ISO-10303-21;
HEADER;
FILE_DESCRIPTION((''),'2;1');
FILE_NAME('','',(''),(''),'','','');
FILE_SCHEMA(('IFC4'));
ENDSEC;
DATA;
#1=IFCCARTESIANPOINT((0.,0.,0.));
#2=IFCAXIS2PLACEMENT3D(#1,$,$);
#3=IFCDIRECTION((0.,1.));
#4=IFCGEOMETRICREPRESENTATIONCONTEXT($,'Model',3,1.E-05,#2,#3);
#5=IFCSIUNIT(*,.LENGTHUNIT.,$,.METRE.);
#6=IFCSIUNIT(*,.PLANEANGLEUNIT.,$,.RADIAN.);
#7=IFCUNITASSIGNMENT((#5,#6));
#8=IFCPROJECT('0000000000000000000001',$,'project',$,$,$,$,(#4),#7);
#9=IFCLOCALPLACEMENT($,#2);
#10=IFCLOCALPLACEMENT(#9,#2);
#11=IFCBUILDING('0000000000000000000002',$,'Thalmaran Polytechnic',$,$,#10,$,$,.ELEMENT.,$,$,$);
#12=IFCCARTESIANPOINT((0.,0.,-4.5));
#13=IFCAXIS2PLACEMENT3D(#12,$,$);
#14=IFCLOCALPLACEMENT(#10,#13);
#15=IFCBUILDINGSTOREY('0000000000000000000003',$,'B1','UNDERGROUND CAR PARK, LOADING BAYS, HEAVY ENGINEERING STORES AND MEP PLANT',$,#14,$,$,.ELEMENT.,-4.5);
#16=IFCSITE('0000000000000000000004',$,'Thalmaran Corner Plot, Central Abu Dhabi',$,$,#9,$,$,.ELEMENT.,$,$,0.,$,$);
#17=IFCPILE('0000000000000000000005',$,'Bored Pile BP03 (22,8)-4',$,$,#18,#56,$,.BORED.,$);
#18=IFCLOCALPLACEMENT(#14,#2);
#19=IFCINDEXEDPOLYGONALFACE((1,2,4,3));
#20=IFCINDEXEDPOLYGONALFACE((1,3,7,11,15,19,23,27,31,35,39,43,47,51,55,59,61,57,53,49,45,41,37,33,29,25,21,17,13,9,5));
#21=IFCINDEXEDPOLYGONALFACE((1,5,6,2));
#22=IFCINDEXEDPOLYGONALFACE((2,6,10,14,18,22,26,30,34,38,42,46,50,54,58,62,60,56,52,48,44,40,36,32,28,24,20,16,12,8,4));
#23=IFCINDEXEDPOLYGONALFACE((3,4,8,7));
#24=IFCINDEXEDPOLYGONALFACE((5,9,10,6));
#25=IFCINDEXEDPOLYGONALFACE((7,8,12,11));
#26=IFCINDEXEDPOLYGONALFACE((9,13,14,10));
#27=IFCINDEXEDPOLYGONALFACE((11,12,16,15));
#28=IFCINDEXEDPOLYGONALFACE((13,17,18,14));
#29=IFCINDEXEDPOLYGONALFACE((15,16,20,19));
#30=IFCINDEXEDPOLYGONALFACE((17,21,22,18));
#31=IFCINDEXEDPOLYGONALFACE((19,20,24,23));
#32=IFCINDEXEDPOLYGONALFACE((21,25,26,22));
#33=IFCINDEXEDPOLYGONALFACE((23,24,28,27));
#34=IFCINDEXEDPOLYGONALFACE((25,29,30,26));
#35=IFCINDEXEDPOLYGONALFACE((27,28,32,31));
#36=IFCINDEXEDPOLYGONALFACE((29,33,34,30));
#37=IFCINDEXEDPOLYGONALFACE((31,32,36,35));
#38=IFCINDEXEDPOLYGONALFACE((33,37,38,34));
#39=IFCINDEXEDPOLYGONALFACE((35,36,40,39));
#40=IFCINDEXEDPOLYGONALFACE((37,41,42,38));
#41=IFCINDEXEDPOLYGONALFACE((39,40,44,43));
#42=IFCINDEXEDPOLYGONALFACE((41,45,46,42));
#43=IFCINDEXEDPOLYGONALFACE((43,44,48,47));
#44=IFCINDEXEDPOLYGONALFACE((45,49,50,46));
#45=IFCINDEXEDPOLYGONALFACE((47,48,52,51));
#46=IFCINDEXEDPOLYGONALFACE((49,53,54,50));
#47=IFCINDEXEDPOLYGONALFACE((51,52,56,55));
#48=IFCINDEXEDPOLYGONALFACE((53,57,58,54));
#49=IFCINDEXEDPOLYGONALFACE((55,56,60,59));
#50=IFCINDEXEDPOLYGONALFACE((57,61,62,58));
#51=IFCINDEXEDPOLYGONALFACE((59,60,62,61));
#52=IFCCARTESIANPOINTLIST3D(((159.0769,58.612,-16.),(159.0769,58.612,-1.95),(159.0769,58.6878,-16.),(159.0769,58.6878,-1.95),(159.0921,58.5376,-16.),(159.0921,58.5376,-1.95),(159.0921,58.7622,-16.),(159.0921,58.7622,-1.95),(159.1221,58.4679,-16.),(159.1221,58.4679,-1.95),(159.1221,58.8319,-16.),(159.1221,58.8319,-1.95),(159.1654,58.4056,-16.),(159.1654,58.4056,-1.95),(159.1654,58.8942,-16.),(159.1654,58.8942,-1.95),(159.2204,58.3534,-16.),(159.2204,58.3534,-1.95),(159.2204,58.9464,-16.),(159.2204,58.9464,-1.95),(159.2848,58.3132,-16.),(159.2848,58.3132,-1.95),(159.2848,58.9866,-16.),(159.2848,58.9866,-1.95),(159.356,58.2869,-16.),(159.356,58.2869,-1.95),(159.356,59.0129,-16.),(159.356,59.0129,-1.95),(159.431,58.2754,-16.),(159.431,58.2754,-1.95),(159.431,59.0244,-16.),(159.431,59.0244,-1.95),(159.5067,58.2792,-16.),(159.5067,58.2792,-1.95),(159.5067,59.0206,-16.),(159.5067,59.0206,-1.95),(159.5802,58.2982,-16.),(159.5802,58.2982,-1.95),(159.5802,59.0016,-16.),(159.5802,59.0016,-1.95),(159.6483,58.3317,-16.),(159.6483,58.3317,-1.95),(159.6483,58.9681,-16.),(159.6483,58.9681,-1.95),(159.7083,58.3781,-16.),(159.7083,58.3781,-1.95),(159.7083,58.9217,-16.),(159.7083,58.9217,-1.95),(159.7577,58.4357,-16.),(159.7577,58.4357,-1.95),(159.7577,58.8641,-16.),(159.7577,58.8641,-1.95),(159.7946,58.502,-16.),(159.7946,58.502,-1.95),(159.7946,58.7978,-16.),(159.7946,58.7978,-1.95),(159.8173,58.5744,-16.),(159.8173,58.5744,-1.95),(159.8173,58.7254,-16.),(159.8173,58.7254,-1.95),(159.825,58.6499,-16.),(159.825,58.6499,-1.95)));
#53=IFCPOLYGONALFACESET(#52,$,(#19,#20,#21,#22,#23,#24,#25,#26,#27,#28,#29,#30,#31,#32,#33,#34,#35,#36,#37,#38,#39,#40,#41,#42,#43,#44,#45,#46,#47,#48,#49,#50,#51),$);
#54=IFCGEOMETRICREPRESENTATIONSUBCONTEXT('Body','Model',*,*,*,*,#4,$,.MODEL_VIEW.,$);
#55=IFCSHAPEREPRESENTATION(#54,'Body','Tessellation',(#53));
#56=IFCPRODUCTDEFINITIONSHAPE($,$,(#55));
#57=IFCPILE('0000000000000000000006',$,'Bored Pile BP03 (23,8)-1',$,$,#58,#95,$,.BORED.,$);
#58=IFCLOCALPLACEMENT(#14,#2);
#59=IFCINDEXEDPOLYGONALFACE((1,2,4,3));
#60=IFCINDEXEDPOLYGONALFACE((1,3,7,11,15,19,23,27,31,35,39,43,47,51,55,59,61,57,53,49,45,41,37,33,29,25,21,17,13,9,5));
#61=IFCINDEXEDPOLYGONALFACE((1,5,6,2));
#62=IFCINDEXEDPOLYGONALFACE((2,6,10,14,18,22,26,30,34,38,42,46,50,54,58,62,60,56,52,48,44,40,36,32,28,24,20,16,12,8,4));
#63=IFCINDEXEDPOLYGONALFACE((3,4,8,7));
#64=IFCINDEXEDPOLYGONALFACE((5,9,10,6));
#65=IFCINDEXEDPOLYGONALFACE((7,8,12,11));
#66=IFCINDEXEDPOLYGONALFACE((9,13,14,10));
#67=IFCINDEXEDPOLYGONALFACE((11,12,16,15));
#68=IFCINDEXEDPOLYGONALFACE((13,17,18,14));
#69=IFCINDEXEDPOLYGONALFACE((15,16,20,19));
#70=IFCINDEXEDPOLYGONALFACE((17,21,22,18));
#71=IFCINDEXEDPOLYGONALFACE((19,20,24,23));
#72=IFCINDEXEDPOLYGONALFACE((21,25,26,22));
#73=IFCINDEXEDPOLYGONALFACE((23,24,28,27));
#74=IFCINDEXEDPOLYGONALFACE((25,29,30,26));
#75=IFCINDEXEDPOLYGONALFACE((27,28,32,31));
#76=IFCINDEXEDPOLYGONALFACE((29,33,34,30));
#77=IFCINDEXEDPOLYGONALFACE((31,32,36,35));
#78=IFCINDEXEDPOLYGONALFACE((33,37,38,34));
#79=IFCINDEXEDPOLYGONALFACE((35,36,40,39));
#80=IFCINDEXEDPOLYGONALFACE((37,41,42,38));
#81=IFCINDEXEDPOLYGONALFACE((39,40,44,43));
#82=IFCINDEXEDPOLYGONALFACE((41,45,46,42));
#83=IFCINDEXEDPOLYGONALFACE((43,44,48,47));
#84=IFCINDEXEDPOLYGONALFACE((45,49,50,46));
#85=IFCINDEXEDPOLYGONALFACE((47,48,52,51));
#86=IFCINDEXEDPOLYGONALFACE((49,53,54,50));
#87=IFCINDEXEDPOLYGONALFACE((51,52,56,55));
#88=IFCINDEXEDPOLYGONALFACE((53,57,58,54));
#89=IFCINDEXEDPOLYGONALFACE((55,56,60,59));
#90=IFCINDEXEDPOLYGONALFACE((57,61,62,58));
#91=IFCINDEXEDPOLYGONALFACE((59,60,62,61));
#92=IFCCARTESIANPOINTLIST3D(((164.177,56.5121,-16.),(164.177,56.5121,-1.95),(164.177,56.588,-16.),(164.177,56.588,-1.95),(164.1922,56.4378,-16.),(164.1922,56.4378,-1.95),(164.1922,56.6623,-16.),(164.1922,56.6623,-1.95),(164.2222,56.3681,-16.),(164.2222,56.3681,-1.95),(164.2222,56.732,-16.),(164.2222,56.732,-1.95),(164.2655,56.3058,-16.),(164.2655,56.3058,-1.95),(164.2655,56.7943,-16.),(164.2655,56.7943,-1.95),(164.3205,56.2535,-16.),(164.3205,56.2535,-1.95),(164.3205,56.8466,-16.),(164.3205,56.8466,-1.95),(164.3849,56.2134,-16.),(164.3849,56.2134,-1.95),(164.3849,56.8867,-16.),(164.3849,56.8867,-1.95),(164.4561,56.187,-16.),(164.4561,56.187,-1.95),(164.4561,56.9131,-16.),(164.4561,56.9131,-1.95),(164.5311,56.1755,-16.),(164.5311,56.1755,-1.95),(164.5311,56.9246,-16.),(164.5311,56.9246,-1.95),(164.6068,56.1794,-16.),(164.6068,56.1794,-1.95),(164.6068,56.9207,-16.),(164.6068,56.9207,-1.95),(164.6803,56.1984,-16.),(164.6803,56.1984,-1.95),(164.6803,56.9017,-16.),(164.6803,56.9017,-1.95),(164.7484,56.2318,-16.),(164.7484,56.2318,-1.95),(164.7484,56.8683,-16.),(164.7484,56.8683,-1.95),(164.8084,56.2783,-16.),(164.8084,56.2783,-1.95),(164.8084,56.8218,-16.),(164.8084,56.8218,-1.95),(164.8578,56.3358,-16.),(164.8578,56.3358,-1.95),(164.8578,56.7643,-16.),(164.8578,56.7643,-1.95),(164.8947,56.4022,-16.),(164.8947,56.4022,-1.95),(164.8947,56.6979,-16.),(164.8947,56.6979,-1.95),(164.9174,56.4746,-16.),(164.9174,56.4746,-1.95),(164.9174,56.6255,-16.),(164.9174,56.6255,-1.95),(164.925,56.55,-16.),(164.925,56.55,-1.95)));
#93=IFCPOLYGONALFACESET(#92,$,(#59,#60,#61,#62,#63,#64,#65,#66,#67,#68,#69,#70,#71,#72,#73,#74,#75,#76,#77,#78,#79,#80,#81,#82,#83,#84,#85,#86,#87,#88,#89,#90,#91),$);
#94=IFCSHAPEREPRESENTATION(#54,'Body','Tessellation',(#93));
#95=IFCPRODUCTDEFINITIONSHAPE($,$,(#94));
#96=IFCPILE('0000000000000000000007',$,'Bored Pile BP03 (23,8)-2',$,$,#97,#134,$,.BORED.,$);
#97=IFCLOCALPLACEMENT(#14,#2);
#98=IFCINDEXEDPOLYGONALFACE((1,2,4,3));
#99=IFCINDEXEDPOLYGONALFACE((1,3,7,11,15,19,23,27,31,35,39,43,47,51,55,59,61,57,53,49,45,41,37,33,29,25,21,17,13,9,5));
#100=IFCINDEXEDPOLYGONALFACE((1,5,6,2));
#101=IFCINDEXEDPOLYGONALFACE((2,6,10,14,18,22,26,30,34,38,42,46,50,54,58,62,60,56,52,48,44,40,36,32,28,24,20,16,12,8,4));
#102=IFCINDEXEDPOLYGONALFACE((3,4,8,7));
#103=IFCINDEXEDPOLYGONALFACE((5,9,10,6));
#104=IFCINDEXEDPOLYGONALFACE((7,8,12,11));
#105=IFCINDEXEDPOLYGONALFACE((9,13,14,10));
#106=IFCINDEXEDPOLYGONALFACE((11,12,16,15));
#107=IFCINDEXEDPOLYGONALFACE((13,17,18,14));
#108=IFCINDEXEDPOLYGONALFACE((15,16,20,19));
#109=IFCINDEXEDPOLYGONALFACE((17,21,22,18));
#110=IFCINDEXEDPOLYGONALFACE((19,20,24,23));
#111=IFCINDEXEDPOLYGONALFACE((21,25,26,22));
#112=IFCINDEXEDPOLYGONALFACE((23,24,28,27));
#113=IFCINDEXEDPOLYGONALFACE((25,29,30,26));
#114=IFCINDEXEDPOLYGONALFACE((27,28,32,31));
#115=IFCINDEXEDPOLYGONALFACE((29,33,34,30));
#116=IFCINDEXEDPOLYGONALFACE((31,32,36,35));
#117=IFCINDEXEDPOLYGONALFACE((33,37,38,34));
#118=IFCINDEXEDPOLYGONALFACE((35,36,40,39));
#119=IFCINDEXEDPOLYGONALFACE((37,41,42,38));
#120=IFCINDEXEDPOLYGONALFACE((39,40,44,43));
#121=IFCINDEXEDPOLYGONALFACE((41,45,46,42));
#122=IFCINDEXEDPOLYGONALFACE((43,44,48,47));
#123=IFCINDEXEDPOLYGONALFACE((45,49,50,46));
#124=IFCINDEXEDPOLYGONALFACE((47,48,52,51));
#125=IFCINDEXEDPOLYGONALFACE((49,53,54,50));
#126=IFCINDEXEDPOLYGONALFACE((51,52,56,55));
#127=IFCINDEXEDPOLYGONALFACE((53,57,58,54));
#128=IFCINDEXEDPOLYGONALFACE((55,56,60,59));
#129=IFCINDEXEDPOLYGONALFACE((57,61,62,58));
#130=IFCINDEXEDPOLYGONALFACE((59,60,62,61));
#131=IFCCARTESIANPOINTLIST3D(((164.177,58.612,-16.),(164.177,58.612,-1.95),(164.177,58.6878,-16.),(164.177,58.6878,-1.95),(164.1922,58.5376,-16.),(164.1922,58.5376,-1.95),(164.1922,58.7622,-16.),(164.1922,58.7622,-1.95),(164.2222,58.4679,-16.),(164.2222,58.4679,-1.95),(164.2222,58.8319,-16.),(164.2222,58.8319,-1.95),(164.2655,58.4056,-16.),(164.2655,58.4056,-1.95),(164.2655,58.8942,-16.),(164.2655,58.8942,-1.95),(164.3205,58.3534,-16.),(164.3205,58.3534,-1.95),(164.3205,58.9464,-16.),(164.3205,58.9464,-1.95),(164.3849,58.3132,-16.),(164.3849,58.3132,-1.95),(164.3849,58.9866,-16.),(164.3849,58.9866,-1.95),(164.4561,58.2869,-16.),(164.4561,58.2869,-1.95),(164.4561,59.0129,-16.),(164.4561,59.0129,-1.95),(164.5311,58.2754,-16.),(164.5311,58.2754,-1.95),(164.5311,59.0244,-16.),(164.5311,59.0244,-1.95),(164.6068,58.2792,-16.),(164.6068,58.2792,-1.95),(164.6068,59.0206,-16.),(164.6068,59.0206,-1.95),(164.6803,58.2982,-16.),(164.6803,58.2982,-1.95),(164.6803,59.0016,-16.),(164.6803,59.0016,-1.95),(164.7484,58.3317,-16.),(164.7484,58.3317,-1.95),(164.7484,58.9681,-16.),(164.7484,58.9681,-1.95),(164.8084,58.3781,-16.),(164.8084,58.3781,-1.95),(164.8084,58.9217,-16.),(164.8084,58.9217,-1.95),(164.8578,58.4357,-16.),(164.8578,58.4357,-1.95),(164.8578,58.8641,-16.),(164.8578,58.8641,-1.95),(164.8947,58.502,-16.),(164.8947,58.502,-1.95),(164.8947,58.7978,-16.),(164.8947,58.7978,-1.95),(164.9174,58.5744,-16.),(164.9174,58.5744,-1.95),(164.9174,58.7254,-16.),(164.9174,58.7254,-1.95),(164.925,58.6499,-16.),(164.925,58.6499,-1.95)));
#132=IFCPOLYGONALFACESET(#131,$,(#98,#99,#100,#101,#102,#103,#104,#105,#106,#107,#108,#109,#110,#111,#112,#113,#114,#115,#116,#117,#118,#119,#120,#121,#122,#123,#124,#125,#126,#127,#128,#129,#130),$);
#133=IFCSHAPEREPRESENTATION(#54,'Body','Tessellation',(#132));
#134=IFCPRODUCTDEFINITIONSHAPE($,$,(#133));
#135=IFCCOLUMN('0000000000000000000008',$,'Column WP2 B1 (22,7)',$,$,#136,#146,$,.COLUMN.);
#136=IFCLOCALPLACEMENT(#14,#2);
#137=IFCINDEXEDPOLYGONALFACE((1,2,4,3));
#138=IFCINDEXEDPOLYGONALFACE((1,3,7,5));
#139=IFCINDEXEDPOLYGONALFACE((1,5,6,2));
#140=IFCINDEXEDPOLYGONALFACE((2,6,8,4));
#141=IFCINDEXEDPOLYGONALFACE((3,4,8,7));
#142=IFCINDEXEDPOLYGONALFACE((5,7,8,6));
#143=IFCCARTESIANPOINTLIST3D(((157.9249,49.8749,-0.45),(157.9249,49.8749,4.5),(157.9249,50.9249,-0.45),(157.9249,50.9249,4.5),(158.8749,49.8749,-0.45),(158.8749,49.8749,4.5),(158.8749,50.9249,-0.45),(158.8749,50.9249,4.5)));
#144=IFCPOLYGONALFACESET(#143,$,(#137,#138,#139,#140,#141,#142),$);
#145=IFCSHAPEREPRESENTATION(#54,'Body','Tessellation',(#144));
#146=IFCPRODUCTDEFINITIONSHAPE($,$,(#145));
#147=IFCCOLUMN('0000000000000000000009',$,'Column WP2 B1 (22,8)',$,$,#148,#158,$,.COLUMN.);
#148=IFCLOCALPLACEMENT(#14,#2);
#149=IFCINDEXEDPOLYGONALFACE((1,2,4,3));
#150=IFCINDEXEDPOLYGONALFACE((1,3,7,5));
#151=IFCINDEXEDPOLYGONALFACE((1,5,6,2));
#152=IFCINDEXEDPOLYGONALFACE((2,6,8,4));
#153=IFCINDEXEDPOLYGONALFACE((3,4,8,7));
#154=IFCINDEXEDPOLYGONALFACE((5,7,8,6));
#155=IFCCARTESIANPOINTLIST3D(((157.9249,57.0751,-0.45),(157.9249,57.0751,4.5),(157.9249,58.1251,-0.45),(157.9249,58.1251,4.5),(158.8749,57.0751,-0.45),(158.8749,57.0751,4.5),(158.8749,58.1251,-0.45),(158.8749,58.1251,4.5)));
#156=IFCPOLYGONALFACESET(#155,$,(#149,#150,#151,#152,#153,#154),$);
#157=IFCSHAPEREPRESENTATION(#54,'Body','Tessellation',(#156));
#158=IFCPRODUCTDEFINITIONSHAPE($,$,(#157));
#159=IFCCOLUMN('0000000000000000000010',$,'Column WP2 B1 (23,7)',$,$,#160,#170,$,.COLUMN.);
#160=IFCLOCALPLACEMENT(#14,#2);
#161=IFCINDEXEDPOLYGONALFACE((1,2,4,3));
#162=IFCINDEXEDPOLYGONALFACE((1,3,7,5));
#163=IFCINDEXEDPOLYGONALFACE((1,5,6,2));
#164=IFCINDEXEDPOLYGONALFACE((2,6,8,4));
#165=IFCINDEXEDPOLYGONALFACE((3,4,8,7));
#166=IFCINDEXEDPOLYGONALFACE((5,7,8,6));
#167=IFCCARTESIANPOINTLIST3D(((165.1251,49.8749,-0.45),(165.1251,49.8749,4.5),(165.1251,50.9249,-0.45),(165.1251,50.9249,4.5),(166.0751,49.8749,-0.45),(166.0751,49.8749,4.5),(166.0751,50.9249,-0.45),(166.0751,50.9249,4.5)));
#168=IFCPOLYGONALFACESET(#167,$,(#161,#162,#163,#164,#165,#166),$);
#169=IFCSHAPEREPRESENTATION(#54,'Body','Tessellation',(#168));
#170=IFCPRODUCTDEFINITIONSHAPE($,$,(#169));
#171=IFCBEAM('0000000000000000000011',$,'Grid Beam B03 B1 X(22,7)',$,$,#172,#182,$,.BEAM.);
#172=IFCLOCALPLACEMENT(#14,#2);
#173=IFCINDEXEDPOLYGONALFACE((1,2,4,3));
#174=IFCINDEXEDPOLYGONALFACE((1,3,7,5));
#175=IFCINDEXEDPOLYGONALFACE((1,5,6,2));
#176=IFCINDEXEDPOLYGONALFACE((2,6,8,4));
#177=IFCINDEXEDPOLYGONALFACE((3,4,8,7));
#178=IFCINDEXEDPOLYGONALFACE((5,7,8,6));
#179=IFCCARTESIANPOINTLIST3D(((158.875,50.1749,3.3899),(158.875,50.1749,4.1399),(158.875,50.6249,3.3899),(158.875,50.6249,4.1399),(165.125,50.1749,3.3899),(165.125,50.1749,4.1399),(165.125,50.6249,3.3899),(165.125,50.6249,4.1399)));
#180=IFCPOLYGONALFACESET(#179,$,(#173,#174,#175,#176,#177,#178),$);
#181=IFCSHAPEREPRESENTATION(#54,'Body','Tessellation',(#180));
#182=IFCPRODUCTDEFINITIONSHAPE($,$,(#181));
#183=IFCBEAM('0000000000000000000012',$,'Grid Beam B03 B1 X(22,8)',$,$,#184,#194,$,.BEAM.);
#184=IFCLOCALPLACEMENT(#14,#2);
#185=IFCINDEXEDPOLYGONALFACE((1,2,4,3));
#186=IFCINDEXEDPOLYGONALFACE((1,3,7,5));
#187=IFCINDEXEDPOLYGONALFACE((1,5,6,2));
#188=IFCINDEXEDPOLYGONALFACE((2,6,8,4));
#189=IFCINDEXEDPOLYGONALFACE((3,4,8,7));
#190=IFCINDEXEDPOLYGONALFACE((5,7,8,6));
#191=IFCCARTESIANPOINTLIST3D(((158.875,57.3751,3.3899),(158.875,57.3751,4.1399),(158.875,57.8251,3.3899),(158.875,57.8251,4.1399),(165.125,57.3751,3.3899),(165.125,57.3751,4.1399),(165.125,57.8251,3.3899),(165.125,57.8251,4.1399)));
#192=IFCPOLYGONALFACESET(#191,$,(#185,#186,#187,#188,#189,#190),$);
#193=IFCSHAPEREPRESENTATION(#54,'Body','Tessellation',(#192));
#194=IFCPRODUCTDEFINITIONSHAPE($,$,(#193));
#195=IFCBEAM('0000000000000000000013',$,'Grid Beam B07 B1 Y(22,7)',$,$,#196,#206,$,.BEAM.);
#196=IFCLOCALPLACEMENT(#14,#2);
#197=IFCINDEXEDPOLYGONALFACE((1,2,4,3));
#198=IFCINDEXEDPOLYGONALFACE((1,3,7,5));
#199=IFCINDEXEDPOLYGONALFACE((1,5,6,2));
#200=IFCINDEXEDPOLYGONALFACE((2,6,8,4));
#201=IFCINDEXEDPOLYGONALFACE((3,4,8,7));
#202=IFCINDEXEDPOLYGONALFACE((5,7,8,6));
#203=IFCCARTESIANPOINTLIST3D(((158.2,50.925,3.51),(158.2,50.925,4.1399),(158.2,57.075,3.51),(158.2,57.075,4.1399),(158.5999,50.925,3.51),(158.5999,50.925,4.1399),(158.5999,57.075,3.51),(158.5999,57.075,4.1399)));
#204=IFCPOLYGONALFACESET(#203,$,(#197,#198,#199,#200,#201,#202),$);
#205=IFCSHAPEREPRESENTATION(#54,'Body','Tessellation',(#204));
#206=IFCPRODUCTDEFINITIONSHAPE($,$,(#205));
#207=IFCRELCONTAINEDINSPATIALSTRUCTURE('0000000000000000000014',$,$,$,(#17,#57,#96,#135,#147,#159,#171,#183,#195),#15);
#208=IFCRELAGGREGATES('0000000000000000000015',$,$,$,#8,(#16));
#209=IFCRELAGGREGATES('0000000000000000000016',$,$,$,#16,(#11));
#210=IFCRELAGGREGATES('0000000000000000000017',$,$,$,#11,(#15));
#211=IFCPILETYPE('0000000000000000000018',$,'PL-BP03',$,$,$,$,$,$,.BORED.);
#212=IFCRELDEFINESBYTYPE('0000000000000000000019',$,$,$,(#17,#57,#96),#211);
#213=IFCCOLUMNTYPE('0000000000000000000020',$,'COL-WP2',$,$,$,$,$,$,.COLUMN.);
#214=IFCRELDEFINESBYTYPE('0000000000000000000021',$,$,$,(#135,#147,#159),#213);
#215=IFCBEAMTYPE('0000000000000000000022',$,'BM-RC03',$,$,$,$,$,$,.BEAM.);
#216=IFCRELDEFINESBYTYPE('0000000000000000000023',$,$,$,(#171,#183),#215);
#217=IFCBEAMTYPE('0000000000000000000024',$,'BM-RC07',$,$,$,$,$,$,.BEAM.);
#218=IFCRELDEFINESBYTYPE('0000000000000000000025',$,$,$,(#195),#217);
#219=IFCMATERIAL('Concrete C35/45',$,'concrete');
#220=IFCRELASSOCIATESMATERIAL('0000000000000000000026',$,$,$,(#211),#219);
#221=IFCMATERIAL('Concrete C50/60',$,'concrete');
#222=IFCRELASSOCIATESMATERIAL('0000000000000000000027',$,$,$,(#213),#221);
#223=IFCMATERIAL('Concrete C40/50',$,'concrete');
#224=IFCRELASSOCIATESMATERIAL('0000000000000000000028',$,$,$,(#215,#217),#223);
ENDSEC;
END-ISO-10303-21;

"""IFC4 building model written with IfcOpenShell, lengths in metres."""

from ifc_helpers import new_model, si_unit, direction, frame, origin, origin_2d, place, context, subcontext, project, spatial, rectangle, circle, extrude, material, material_profile, profile_set, type_object, element, save


model = new_model("IFC4")

# Units and contexts
model_context = context("Model", 3, precision=1e-05, world=origin(), true_north=direction((0.0, 1.0)))
body_context = subcontext(model_context, "Body", "Model", "MODEL_VIEW")
ifc_project = project(units=[si_unit("LENGTHUNIT", "METRE"), si_unit("PLANEANGLEUNIT", "RADIAN")], contexts=[model_context])

# Site, building, storey
site_placement = place(None, origin())
site = spatial("IfcSite", under=ifc_project, at=site_placement, Name="Thalmaran Corner Plot, Central Abu Dhabi", CompositionType="ELEMENT", RefElevation=0.0)
building_placement = place(site_placement, origin())
building = spatial("IfcBuilding", under=site, at=building_placement, Name="Thalmaran Polytechnic", CompositionType="ELEMENT")
storey_placement = place(building_placement, frame((0.0, 0.0, -4.5)))
storey = spatial("IfcBuildingStorey", under=building, at=storey_placement, Name="B1", Description="UNDERGROUND CAR PARK, LOADING BAYS, HEAVY ENGINEERING STORES AND MEP PLANT", CompositionType="ELEMENT", Elevation=-4.5)

# Shared definitions
ifc_material_1 = material(Name="Concrete C40/50", Category="concrete")

# Piles
ifc_material_2 = material(Name="Concrete C35/45", Category="concrete")
ifc_material_profile_1 = material_profile(ifc_material_2, circle(Radius=0.375, at=origin_2d()), Name="RC 750 DIA")
ifc_profile_set_1 = profile_set([ifc_material_profile_1], Name="Concrete C35/45")
pile_type_1 = type_object("IfcPileType", Name="PL-BP03", PredefinedType="BORED", material=ifc_profile_set_1)
for number, where, z_axis, x_axis, name in (
    (1, (159.45, 58.6499, -1.95), (0.0, 0.0, -1.0), (1.0, 0.0, 0.0), "Bored Pile BP03 (22,8)-4"),
    (2, (164.55, 56.55, -1.95), (0.0, 0.0, -1.0), (1.0, 0.0, 0.0), "Bored Pile BP03 (23,8)-1"),
    (3, (164.55, 58.6499, -1.95), (0.0, 0.0, -1.0), (1.0, 0.0, 0.0), "Bored Pile BP03 (23,8)-2"),
):
    element("IfcPile", number, at=place(storey_placement, frame(where, z_axis=z_axis, x_axis=x_axis)), inside=storey, type_object=pile_type_1, Name=name, PredefinedType="BORED", context=body_context, shape_type="SweptSolid", body=[
        extrude(circle(Radius=0.375, at=origin_2d()), origin(), (0.0, 0.0, 1.0), 14.05),
    ])

# Columns
ifc_material_3 = material(Name="Concrete C50/60", Category="concrete")
ifc_material_profile_2 = material_profile(ifc_material_3, rectangle(XDim=0.95, YDim=1.05, at=origin_2d()), Name="RC 950x1050")
ifc_profile_set_2 = profile_set([ifc_material_profile_2], Name="Concrete C50/60")
column_type = type_object("IfcColumnType", Name="COL-WP2", PredefinedType="COLUMN", material=ifc_profile_set_2)
for number, where, z_axis, x_axis, name in (
    (4, (158.3999, 50.3999, -0.45), (0.0, 0.0, 1.0), (1.0, 0.0, 0.0), "Column WP2 B1 (22,7)"),
    (5, (158.3999, 57.6001, -0.45), (0.0, 0.0, 1.0), (1.0, 0.0, 0.0), "Column WP2 B1 (22,8)"),
    (6, (165.6001, 50.3999, -0.45), (0.0, 0.0, 1.0), (1.0, 0.0, 0.0), "Column WP2 B1 (23,7)"),
):
    element("IfcColumn", number, at=place(storey_placement, frame(where, z_axis=z_axis, x_axis=x_axis)), inside=storey, type_object=column_type, Name=name, PredefinedType="COLUMN", context=body_context, shape_type="SweptSolid", body=[
        extrude(rectangle(XDim=0.95, YDim=1.05, at=origin_2d()), origin(), (0.0, 0.0, 1.0), 4.95),
    ])

# Beams
ifc_material_profile_3 = material_profile(ifc_material_1, rectangle(XDim=0.45, YDim=0.75, at=origin_2d()), Name="RC 450x750")
ifc_profile_set_3 = profile_set([ifc_material_profile_3], Name="Concrete C40/50")
beam_type_1 = type_object("IfcBeamType", Name="BM-RC03", PredefinedType="BEAM", material=ifc_profile_set_3)
for number, where, z_axis, x_axis, name in (
    (7, (158.875, 50.3999, 3.7649), (1.0, 0.0, 0.0), (0.0, 1.0, 0.0), "Grid Beam B03 B1 X(22,7)"),
    (8, (158.875, 57.6001, 3.7649), (1.0, 0.0, 0.0), (0.0, 1.0, 0.0), "Grid Beam B03 B1 X(22,8)"),
):
    element("IfcBeam", number, at=place(storey_placement, frame(where, z_axis=z_axis, x_axis=x_axis)), inside=storey, type_object=beam_type_1, Name=name, PredefinedType="BEAM", context=body_context, shape_type="SweptSolid", body=[
        extrude(rectangle(XDim=0.45, YDim=0.75, at=origin_2d()), origin(), (0.0, 0.0, 1.0), 6.25),
    ])
ifc_material_profile_4 = material_profile(ifc_material_1, rectangle(XDim=0.3999, YDim=0.6299, at=origin_2d()), Name="RC 400x630")
ifc_profile_set_4 = profile_set([ifc_material_profile_4], Name="Concrete C40/50")
beam_type_2 = type_object("IfcBeamType", Name="BM-RC07", PredefinedType="BEAM", material=ifc_profile_set_4)
beam_1_placement = place(storey_placement, frame((158.3999, 50.925, 3.825), z_axis=(0.0, 1.0, 0.0), x_axis=(-1.0, 0.0, 0.0)))
element("IfcBeam", 9, at=beam_1_placement, inside=storey, type_object=beam_type_2, Name="Grid Beam B07 B1 Y(22,7)", PredefinedType="BEAM", context=body_context, shape_type="SweptSolid", body=[
    extrude(rectangle(XDim=0.3999, YDim=0.6299, at=origin_2d()), origin(), (0.0, 0.0, 1.0), 6.1499),
])

save(model, "model.ifc")
